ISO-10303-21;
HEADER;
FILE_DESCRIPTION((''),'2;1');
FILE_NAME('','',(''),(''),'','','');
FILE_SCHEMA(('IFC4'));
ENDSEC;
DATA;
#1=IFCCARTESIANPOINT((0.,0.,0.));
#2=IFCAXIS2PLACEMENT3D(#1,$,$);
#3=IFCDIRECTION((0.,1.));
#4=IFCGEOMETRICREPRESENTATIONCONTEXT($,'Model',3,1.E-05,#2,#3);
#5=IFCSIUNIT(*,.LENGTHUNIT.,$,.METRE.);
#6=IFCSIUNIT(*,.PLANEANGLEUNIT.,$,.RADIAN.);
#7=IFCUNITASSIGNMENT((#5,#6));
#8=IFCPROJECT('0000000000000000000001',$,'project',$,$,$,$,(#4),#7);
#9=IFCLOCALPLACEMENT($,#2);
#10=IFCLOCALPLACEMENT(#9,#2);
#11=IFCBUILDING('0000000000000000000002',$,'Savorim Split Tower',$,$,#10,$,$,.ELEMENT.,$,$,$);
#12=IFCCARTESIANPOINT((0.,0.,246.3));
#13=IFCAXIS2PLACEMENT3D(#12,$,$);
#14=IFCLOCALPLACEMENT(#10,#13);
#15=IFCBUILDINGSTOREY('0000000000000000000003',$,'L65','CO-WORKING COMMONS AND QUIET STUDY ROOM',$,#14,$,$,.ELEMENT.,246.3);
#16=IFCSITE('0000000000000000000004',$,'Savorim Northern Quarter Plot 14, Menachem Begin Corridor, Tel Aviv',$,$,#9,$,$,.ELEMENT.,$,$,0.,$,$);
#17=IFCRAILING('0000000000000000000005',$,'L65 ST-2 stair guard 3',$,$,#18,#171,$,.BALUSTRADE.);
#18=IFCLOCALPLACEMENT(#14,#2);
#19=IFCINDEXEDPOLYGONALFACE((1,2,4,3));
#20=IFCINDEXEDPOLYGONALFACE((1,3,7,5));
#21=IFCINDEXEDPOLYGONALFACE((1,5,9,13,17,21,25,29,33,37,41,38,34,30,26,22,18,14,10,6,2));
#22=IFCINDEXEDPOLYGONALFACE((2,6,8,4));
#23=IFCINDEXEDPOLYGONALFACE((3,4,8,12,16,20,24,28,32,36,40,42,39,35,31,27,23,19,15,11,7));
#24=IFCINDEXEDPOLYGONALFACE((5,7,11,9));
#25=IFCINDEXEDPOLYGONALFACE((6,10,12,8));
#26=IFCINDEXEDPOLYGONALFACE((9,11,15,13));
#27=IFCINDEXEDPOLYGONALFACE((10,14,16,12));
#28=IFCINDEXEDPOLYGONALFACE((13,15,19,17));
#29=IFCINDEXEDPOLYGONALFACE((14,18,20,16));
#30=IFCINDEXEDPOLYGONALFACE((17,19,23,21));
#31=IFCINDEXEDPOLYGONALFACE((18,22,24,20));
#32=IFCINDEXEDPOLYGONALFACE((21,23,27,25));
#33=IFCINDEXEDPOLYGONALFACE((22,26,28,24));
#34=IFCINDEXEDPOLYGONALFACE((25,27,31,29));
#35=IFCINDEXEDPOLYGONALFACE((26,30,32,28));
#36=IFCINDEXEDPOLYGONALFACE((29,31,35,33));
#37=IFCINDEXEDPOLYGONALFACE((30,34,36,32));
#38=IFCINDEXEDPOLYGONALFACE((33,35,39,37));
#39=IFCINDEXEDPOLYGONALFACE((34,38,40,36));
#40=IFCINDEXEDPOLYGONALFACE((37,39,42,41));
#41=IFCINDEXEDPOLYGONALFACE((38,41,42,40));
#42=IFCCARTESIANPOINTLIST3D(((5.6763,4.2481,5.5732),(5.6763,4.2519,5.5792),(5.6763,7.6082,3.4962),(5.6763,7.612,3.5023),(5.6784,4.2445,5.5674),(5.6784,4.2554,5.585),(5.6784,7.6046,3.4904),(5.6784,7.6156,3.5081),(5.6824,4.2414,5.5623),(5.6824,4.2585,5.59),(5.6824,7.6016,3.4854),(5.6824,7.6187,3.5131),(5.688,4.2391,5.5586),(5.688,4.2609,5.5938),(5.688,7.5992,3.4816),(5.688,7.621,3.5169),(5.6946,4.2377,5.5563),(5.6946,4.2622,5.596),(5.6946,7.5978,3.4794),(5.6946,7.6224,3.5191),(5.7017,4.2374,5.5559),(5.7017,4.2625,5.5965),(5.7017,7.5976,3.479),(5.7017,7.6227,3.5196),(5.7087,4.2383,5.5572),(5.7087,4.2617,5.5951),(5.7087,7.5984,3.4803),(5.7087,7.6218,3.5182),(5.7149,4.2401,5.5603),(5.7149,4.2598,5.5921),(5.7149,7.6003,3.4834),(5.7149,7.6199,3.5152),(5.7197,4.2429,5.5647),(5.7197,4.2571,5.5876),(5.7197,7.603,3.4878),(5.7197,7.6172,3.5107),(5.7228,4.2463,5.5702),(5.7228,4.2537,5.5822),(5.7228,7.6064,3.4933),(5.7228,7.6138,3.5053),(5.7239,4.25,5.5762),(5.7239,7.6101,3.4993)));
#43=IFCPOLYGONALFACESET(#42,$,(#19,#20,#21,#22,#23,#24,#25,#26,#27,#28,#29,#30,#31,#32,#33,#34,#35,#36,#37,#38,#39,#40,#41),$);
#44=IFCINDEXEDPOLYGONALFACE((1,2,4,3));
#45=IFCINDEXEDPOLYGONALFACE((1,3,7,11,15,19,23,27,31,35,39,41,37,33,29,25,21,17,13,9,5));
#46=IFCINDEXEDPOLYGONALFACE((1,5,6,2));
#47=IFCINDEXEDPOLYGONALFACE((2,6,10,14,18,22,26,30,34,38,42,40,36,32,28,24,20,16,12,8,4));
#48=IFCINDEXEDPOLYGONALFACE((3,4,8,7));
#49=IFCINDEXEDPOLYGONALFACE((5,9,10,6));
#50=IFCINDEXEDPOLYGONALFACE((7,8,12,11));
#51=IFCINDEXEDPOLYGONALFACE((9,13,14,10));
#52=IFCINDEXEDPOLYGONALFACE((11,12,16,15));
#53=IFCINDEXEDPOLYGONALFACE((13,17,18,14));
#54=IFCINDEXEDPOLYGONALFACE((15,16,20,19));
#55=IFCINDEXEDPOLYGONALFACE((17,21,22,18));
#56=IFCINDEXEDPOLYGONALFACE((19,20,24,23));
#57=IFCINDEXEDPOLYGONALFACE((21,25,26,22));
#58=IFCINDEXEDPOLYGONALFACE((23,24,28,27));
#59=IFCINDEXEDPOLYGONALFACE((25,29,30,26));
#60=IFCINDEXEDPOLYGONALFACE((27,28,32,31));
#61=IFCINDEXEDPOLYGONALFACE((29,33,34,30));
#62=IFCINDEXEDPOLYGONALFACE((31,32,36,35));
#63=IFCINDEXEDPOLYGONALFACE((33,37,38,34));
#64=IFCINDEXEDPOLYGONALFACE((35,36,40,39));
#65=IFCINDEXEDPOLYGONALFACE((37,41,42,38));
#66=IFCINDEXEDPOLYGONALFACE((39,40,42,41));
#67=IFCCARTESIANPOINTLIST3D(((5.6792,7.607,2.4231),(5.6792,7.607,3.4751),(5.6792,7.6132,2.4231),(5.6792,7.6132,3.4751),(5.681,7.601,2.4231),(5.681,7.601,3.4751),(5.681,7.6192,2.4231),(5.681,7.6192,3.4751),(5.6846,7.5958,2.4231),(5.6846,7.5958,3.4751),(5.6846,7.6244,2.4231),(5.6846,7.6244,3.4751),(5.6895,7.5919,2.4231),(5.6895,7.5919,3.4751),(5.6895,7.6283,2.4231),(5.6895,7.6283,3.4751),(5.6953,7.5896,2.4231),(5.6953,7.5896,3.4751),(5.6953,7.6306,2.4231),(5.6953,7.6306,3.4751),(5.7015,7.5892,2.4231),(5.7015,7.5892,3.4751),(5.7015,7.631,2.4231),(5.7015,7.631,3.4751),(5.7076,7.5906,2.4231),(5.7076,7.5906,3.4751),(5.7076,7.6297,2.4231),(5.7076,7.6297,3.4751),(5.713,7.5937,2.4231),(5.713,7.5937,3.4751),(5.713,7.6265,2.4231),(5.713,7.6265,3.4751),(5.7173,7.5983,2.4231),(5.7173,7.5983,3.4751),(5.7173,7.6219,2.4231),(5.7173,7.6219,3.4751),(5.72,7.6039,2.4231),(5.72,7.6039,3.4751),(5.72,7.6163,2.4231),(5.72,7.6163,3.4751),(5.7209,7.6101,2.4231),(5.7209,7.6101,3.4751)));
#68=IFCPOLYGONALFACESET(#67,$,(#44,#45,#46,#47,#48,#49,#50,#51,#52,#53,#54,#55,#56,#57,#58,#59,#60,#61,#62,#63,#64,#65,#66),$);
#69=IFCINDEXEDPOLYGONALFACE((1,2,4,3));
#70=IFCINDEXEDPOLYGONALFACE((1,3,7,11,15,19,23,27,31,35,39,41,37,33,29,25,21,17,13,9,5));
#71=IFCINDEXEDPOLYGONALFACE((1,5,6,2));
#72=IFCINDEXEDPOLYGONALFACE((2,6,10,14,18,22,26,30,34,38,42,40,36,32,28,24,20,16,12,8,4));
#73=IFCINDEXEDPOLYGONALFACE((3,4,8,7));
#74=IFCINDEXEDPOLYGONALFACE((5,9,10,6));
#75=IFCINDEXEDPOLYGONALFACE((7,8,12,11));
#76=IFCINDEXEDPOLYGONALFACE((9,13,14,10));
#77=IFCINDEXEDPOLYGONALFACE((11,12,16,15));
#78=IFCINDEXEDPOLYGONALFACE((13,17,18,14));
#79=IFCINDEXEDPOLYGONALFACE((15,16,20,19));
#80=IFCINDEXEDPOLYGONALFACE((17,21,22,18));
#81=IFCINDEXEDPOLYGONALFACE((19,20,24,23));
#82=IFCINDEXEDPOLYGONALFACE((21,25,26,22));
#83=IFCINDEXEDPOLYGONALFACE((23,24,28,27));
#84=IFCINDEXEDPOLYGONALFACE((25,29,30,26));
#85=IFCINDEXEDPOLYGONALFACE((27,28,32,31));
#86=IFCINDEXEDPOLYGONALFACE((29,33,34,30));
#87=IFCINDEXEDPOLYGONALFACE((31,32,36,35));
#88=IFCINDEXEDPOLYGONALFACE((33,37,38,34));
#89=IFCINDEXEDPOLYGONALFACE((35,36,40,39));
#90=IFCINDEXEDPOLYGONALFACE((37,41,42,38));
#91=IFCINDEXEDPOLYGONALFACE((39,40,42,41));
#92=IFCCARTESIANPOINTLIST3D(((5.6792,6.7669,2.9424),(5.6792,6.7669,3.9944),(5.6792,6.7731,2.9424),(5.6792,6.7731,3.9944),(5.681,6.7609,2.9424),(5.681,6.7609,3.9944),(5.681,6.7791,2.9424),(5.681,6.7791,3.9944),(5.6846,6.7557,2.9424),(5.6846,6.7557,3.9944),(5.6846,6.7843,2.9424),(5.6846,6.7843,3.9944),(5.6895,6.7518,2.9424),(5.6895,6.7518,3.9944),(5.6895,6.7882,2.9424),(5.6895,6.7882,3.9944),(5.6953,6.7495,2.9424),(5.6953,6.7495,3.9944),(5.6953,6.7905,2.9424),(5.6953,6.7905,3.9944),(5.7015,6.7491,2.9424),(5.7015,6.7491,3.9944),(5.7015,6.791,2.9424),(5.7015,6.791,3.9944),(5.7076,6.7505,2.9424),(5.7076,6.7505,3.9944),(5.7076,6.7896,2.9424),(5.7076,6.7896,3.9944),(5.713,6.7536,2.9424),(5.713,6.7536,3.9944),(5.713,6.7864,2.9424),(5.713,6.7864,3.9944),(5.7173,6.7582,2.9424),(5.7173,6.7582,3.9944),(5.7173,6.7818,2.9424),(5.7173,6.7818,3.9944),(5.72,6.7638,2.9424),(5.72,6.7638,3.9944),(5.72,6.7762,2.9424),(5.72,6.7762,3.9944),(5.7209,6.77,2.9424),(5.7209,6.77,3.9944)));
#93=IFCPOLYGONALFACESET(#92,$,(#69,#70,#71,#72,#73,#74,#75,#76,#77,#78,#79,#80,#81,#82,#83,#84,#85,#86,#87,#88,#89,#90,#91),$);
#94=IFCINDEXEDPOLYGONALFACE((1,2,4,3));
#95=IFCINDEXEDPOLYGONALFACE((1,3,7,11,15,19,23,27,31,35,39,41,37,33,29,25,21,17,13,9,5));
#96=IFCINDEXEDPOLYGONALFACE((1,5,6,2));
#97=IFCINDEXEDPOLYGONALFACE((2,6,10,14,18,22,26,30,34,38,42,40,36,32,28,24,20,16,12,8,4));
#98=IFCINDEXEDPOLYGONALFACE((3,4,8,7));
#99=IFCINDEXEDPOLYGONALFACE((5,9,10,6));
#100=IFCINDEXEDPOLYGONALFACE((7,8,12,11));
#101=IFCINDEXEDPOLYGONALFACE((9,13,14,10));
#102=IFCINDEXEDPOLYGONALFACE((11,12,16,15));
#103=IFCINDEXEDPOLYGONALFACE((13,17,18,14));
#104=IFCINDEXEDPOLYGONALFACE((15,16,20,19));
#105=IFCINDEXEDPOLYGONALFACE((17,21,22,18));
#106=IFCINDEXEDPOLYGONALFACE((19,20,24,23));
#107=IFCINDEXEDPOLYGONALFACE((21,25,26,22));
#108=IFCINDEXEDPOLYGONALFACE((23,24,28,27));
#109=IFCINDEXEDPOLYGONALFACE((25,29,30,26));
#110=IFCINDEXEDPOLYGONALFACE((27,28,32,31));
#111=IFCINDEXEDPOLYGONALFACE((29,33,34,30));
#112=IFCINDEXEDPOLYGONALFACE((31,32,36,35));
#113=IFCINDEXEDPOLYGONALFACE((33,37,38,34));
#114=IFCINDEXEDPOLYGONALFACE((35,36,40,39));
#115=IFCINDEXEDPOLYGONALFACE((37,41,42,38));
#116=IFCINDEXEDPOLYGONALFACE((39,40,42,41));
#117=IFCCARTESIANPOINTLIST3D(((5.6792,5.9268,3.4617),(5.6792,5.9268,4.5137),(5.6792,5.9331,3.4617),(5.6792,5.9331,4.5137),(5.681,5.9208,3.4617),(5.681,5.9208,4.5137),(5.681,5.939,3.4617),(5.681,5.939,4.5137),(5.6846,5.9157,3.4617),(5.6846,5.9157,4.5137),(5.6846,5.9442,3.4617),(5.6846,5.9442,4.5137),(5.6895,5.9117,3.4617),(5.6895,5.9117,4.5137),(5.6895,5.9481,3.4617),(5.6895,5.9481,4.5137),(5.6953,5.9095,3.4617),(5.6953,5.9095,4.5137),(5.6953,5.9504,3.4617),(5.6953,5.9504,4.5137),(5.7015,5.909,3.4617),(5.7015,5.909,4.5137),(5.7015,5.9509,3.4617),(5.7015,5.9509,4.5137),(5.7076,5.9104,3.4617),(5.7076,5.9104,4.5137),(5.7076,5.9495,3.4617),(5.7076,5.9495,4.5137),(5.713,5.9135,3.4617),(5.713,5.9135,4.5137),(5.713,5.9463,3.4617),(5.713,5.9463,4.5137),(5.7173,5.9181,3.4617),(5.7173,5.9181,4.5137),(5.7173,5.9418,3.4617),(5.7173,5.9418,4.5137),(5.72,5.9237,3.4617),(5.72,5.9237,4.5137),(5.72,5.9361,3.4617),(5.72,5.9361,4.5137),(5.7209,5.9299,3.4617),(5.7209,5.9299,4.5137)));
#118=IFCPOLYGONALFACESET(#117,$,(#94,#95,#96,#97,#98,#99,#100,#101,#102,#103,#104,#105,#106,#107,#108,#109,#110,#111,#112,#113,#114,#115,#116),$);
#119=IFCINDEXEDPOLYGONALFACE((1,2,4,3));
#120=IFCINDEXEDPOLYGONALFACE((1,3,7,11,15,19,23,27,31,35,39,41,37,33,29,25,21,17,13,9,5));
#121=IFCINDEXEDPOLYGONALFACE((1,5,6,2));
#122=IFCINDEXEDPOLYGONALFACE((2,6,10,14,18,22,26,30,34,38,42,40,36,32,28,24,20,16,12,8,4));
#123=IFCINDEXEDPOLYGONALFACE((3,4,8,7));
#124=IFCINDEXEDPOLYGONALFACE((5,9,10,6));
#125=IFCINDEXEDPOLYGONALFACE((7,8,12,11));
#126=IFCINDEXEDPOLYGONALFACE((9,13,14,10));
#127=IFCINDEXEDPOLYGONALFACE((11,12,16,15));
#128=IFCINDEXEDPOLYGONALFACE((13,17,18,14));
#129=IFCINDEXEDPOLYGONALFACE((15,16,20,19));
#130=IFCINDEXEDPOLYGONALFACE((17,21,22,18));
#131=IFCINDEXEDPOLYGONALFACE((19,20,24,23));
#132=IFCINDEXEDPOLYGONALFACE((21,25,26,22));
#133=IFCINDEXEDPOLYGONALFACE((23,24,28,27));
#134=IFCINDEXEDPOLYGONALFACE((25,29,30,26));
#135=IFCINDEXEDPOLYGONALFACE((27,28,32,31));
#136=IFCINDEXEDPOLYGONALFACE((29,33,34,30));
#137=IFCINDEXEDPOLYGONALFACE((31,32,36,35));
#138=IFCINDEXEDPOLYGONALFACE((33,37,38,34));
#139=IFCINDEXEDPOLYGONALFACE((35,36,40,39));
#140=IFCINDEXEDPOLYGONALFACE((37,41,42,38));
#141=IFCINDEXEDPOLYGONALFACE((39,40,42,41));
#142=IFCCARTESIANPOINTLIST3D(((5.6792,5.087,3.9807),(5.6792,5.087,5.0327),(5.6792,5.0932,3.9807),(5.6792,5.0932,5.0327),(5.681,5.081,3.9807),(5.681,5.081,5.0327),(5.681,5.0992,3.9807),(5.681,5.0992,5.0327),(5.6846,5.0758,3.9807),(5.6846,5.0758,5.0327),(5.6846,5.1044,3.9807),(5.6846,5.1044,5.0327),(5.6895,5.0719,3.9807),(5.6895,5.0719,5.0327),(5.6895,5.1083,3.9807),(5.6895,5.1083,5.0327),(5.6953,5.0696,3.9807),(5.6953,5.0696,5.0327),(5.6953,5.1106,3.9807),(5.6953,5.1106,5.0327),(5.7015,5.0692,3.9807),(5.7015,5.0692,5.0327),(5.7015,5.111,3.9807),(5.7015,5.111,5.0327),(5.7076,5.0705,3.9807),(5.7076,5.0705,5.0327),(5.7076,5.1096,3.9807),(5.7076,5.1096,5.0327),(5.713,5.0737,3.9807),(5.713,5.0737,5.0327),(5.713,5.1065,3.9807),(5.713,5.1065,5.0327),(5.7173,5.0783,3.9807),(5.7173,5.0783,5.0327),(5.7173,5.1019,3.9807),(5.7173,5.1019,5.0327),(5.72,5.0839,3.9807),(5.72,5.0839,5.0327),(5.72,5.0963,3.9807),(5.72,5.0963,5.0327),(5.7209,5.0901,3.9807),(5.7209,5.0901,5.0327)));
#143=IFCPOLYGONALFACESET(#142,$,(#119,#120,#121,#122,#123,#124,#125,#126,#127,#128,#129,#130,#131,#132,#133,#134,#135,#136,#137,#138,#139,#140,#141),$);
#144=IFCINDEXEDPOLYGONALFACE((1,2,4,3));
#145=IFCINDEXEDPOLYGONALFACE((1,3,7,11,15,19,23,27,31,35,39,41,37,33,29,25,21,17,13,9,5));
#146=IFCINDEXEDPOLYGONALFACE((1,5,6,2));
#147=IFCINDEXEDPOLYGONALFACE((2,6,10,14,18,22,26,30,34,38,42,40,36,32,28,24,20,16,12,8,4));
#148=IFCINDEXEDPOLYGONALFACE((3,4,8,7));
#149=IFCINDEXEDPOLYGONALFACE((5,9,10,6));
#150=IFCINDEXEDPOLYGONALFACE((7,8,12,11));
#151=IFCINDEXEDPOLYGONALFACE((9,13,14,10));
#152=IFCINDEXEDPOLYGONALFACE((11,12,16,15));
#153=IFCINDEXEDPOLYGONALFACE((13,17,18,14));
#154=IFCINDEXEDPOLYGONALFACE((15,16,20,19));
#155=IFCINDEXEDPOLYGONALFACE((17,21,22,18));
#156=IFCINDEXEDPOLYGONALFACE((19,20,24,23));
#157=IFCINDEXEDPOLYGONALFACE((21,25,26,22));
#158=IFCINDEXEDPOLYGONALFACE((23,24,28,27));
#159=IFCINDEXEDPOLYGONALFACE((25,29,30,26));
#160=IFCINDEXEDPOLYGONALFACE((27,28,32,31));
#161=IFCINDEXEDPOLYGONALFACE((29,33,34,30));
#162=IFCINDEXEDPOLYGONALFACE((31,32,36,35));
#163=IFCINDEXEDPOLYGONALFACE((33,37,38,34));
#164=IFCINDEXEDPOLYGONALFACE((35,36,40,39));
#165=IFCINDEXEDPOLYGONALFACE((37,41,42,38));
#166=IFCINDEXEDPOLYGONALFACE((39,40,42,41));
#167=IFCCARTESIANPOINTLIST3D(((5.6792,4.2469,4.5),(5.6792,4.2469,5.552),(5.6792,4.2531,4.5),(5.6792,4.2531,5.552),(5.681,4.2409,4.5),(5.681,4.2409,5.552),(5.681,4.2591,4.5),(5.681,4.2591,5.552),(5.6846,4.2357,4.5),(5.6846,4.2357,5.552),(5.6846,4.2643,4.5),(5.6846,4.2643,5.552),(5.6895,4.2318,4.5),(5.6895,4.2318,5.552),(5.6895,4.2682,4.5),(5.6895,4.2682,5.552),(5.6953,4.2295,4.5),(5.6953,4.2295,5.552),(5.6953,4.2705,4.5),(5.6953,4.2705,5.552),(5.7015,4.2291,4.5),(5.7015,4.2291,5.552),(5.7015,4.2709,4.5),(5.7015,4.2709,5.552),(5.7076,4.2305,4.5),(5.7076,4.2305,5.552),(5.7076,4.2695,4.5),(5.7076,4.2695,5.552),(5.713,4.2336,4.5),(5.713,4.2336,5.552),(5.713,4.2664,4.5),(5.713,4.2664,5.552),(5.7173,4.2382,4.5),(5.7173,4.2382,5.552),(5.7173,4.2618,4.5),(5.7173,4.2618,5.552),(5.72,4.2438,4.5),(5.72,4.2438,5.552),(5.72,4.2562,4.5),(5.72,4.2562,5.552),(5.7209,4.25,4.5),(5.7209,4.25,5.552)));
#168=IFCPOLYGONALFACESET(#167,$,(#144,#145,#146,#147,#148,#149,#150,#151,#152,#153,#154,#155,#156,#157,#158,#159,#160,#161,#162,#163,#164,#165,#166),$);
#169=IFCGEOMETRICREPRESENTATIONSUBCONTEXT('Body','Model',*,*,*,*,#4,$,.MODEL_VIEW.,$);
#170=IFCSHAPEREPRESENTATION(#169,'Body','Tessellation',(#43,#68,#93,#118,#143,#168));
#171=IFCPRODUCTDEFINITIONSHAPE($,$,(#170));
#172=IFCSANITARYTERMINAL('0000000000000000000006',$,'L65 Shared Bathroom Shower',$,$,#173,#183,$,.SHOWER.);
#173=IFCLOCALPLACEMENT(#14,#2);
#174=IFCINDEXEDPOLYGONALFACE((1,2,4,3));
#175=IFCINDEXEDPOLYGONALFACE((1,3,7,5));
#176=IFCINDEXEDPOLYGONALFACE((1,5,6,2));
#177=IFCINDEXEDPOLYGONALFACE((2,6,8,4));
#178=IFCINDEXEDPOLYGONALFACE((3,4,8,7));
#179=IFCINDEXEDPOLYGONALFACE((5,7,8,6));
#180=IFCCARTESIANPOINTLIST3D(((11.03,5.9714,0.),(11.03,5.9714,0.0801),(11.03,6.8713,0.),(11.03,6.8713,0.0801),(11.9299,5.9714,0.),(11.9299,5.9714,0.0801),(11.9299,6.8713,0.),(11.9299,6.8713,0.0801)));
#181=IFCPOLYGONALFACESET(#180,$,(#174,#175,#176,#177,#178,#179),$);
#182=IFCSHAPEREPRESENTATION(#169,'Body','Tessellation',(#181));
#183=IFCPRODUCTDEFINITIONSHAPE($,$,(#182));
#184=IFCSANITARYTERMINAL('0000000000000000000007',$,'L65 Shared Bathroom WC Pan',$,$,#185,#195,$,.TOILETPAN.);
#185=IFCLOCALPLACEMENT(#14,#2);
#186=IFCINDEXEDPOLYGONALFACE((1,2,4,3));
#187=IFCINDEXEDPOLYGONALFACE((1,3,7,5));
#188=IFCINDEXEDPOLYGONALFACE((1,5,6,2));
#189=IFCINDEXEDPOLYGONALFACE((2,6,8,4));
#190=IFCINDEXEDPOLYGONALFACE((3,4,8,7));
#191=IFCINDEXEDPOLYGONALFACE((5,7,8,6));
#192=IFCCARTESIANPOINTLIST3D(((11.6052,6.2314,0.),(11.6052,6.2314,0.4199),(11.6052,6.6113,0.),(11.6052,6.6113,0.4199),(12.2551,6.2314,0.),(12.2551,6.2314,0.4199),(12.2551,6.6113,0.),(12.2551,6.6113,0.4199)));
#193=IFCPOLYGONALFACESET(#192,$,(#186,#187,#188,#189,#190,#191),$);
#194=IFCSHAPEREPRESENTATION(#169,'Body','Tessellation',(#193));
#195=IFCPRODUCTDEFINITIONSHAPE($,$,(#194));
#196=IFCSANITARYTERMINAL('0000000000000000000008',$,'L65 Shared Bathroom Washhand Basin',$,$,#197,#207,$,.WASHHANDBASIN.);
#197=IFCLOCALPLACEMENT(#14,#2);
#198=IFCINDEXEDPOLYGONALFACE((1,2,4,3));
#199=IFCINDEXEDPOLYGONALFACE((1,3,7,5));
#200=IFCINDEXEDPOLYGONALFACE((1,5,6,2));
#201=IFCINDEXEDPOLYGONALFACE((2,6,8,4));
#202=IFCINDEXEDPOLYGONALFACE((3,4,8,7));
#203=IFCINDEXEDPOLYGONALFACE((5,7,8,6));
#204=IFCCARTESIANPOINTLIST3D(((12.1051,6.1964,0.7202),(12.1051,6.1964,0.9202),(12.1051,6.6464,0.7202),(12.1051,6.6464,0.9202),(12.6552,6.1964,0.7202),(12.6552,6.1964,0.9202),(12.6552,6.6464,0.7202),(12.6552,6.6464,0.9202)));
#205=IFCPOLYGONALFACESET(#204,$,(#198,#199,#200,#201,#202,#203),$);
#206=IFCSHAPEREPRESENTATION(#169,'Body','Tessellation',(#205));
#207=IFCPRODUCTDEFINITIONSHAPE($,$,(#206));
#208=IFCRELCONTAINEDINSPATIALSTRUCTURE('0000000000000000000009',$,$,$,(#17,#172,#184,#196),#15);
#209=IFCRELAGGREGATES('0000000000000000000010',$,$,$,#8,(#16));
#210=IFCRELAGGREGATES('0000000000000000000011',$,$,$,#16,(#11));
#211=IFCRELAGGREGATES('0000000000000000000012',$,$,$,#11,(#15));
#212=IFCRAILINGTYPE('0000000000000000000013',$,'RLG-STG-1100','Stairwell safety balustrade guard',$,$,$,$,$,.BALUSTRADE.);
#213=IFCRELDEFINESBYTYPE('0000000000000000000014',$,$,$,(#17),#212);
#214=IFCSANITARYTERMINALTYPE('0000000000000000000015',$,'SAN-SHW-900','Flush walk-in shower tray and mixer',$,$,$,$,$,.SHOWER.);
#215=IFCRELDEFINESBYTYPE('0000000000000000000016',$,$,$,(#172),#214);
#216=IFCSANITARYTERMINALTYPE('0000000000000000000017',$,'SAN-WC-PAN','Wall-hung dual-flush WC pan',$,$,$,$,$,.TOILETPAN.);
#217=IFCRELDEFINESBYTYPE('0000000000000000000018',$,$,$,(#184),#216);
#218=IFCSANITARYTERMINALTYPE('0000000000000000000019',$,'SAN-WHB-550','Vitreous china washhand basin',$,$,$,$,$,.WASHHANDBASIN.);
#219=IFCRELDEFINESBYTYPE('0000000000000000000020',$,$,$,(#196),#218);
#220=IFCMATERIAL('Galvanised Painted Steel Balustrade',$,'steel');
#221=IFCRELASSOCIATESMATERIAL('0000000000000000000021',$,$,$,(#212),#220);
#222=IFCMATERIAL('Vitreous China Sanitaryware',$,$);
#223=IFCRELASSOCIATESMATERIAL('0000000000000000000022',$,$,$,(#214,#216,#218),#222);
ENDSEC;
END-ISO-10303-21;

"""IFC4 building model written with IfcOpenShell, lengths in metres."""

from ifc_helpers import new_model, si_unit, direction, frame, origin, origin_2d, place, context, subcontext, project, spatial, rectangle, circle, extrude, material, type_object, element, save


model = new_model("IFC4")

# Units and contexts
model_context = context("Model", 3, precision=1e-05, world=origin(), true_north=direction((0.0, 1.0)))
body_context = subcontext(model_context, "Body", "Model", "MODEL_VIEW")
ifc_project = project(units=[si_unit("LENGTHUNIT", "METRE"), si_unit("PLANEANGLEUNIT", "RADIAN")], contexts=[model_context])

# Site, building, storey
site_placement = place(None, origin())
site = spatial("IfcSite", under=ifc_project, at=site_placement, Name="Savorim Northern Quarter Plot 14, Menachem Begin Corridor, Tel Aviv", CompositionType="ELEMENT", RefElevation=0.0)
building_placement = place(site_placement, origin())
building = spatial("IfcBuilding", under=site, at=building_placement, Name="Savorim Split Tower", CompositionType="ELEMENT")
storey_placement = place(building_placement, frame((0.0, 0.0, 246.3)))
storey = spatial("IfcBuildingStorey", under=building, at=storey_placement, Name="L65", Description="CO-WORKING COMMONS AND QUIET STUDY ROOM", CompositionType="ELEMENT", Elevation=246.3)

# Railing
ifc_material_1 = material(Name="Galvanised Painted Steel Balustrade", Category="steel")
railing_type_1 = type_object("IfcRailingType", Name="RLG-STG-1100", Description="Stairwell safety balustrade guard", PredefinedType="BALUSTRADE", material=ifc_material_1)
railing_1_placement = place(storey_placement, frame((5.7, 7.6101, 2.4231)))
element("IfcRailing", 1, at=railing_1_placement, inside=storey, type_object=railing_type_1, Name="L65 ST-2 stair guard 3", PredefinedType="BALUSTRADE", context=body_context, shape_type="SweptSolid", body=[
    extrude(circle(Radius=0.0239, at=origin_2d()), frame((0.0, 0.0, 1.0762), z_axis=(0.0, -0.850623, 0.525776), x_axis=(1.0, 0.0, 0.0)), (0.0, 0.0, 1.0), 3.9502),
    extrude(circle(Radius=0.021, at=origin_2d()), origin(), (0.0, 0.0, 1.0), 1.052),
    extrude(circle(Radius=0.021, at=origin_2d()), frame((0.0, -0.8401, 0.5193)), (0.0, 0.0, 1.0), 1.052),
    extrude(circle(Radius=0.021, at=origin_2d()), frame((0.0, -1.6802, 1.0386)), (0.0, 0.0, 1.0), 1.052),
    extrude(circle(Radius=0.021, at=origin_2d()), frame((0.0, -2.52, 1.5576)), (0.0, 0.0, 1.0), 1.052),
    extrude(circle(Radius=0.021, at=origin_2d()), frame((0.0, -3.3601, 2.0769)), (0.0, 0.0, 1.0), 1.052),
])

# Sanitary terminals
ifc_material_2 = material(Name="Vitreous China Sanitaryware")
sanitary_terminal_type_1 = type_object("IfcSanitaryTerminalType", Name="SAN-SHW-900", Description="Flush walk-in shower tray and mixer", PredefinedType="SHOWER", material=ifc_material_2)
sanitary_terminal_1_placement = place(storey_placement, frame((11.48, 6.4214, 0.0), z_axis=(0.0, 0.0, 1.0), x_axis=(1.0, 0.0, 0.0)))
element("IfcSanitaryTerminal", 2, at=sanitary_terminal_1_placement, inside=storey, type_object=sanitary_terminal_type_1, Name="L65 Shared Bathroom Shower", PredefinedType="SHOWER", context=body_context, shape_type="SweptSolid", body=[
    extrude(rectangle(XDim=0.8999, YDim=0.8999, at=origin_2d()), origin(), (0.0, 0.0, 1.0), 0.0801),
])
sanitary_terminal_type_2 = type_object("IfcSanitaryTerminalType", Name="SAN-WC-PAN", Description="Wall-hung dual-flush WC pan", PredefinedType="TOILETPAN", material=ifc_material_2)
sanitary_terminal_2_placement = place(storey_placement, frame((11.9302, 6.4214, 0.0), z_axis=(0.0, 0.0, 1.0), x_axis=(1.0, 0.0, 0.0)))
element("IfcSanitaryTerminal", 3, at=sanitary_terminal_2_placement, inside=storey, type_object=sanitary_terminal_type_2, Name="L65 Shared Bathroom WC Pan", PredefinedType="TOILETPAN", context=body_context, shape_type="SweptSolid", body=[
    extrude(rectangle(XDim=0.6499, YDim=0.3799, at=origin_2d()), origin(), (0.0, 0.0, 1.0), 0.4199),
])
sanitary_terminal_type_3 = type_object("IfcSanitaryTerminalType", Name="SAN-WHB-550", Description="Vitreous china washhand basin", PredefinedType="WASHHANDBASIN", material=ifc_material_2)
sanitary_terminal_3_placement = place(storey_placement, frame((12.3801, 6.4214, 0.7202), z_axis=(0.0, 0.0, 1.0), x_axis=(1.0, 0.0, 0.0)))
element("IfcSanitaryTerminal", 4, at=sanitary_terminal_3_placement, inside=storey, type_object=sanitary_terminal_type_3, Name="L65 Shared Bathroom Washhand Basin", PredefinedType="WASHHANDBASIN", context=body_context, shape_type="SweptSolid", body=[
    extrude(rectangle(XDim=0.55, YDim=0.45, at=origin_2d()), origin(), (0.0, 0.0, 1.0), 0.2),
])

save(model, "model.ifc")
